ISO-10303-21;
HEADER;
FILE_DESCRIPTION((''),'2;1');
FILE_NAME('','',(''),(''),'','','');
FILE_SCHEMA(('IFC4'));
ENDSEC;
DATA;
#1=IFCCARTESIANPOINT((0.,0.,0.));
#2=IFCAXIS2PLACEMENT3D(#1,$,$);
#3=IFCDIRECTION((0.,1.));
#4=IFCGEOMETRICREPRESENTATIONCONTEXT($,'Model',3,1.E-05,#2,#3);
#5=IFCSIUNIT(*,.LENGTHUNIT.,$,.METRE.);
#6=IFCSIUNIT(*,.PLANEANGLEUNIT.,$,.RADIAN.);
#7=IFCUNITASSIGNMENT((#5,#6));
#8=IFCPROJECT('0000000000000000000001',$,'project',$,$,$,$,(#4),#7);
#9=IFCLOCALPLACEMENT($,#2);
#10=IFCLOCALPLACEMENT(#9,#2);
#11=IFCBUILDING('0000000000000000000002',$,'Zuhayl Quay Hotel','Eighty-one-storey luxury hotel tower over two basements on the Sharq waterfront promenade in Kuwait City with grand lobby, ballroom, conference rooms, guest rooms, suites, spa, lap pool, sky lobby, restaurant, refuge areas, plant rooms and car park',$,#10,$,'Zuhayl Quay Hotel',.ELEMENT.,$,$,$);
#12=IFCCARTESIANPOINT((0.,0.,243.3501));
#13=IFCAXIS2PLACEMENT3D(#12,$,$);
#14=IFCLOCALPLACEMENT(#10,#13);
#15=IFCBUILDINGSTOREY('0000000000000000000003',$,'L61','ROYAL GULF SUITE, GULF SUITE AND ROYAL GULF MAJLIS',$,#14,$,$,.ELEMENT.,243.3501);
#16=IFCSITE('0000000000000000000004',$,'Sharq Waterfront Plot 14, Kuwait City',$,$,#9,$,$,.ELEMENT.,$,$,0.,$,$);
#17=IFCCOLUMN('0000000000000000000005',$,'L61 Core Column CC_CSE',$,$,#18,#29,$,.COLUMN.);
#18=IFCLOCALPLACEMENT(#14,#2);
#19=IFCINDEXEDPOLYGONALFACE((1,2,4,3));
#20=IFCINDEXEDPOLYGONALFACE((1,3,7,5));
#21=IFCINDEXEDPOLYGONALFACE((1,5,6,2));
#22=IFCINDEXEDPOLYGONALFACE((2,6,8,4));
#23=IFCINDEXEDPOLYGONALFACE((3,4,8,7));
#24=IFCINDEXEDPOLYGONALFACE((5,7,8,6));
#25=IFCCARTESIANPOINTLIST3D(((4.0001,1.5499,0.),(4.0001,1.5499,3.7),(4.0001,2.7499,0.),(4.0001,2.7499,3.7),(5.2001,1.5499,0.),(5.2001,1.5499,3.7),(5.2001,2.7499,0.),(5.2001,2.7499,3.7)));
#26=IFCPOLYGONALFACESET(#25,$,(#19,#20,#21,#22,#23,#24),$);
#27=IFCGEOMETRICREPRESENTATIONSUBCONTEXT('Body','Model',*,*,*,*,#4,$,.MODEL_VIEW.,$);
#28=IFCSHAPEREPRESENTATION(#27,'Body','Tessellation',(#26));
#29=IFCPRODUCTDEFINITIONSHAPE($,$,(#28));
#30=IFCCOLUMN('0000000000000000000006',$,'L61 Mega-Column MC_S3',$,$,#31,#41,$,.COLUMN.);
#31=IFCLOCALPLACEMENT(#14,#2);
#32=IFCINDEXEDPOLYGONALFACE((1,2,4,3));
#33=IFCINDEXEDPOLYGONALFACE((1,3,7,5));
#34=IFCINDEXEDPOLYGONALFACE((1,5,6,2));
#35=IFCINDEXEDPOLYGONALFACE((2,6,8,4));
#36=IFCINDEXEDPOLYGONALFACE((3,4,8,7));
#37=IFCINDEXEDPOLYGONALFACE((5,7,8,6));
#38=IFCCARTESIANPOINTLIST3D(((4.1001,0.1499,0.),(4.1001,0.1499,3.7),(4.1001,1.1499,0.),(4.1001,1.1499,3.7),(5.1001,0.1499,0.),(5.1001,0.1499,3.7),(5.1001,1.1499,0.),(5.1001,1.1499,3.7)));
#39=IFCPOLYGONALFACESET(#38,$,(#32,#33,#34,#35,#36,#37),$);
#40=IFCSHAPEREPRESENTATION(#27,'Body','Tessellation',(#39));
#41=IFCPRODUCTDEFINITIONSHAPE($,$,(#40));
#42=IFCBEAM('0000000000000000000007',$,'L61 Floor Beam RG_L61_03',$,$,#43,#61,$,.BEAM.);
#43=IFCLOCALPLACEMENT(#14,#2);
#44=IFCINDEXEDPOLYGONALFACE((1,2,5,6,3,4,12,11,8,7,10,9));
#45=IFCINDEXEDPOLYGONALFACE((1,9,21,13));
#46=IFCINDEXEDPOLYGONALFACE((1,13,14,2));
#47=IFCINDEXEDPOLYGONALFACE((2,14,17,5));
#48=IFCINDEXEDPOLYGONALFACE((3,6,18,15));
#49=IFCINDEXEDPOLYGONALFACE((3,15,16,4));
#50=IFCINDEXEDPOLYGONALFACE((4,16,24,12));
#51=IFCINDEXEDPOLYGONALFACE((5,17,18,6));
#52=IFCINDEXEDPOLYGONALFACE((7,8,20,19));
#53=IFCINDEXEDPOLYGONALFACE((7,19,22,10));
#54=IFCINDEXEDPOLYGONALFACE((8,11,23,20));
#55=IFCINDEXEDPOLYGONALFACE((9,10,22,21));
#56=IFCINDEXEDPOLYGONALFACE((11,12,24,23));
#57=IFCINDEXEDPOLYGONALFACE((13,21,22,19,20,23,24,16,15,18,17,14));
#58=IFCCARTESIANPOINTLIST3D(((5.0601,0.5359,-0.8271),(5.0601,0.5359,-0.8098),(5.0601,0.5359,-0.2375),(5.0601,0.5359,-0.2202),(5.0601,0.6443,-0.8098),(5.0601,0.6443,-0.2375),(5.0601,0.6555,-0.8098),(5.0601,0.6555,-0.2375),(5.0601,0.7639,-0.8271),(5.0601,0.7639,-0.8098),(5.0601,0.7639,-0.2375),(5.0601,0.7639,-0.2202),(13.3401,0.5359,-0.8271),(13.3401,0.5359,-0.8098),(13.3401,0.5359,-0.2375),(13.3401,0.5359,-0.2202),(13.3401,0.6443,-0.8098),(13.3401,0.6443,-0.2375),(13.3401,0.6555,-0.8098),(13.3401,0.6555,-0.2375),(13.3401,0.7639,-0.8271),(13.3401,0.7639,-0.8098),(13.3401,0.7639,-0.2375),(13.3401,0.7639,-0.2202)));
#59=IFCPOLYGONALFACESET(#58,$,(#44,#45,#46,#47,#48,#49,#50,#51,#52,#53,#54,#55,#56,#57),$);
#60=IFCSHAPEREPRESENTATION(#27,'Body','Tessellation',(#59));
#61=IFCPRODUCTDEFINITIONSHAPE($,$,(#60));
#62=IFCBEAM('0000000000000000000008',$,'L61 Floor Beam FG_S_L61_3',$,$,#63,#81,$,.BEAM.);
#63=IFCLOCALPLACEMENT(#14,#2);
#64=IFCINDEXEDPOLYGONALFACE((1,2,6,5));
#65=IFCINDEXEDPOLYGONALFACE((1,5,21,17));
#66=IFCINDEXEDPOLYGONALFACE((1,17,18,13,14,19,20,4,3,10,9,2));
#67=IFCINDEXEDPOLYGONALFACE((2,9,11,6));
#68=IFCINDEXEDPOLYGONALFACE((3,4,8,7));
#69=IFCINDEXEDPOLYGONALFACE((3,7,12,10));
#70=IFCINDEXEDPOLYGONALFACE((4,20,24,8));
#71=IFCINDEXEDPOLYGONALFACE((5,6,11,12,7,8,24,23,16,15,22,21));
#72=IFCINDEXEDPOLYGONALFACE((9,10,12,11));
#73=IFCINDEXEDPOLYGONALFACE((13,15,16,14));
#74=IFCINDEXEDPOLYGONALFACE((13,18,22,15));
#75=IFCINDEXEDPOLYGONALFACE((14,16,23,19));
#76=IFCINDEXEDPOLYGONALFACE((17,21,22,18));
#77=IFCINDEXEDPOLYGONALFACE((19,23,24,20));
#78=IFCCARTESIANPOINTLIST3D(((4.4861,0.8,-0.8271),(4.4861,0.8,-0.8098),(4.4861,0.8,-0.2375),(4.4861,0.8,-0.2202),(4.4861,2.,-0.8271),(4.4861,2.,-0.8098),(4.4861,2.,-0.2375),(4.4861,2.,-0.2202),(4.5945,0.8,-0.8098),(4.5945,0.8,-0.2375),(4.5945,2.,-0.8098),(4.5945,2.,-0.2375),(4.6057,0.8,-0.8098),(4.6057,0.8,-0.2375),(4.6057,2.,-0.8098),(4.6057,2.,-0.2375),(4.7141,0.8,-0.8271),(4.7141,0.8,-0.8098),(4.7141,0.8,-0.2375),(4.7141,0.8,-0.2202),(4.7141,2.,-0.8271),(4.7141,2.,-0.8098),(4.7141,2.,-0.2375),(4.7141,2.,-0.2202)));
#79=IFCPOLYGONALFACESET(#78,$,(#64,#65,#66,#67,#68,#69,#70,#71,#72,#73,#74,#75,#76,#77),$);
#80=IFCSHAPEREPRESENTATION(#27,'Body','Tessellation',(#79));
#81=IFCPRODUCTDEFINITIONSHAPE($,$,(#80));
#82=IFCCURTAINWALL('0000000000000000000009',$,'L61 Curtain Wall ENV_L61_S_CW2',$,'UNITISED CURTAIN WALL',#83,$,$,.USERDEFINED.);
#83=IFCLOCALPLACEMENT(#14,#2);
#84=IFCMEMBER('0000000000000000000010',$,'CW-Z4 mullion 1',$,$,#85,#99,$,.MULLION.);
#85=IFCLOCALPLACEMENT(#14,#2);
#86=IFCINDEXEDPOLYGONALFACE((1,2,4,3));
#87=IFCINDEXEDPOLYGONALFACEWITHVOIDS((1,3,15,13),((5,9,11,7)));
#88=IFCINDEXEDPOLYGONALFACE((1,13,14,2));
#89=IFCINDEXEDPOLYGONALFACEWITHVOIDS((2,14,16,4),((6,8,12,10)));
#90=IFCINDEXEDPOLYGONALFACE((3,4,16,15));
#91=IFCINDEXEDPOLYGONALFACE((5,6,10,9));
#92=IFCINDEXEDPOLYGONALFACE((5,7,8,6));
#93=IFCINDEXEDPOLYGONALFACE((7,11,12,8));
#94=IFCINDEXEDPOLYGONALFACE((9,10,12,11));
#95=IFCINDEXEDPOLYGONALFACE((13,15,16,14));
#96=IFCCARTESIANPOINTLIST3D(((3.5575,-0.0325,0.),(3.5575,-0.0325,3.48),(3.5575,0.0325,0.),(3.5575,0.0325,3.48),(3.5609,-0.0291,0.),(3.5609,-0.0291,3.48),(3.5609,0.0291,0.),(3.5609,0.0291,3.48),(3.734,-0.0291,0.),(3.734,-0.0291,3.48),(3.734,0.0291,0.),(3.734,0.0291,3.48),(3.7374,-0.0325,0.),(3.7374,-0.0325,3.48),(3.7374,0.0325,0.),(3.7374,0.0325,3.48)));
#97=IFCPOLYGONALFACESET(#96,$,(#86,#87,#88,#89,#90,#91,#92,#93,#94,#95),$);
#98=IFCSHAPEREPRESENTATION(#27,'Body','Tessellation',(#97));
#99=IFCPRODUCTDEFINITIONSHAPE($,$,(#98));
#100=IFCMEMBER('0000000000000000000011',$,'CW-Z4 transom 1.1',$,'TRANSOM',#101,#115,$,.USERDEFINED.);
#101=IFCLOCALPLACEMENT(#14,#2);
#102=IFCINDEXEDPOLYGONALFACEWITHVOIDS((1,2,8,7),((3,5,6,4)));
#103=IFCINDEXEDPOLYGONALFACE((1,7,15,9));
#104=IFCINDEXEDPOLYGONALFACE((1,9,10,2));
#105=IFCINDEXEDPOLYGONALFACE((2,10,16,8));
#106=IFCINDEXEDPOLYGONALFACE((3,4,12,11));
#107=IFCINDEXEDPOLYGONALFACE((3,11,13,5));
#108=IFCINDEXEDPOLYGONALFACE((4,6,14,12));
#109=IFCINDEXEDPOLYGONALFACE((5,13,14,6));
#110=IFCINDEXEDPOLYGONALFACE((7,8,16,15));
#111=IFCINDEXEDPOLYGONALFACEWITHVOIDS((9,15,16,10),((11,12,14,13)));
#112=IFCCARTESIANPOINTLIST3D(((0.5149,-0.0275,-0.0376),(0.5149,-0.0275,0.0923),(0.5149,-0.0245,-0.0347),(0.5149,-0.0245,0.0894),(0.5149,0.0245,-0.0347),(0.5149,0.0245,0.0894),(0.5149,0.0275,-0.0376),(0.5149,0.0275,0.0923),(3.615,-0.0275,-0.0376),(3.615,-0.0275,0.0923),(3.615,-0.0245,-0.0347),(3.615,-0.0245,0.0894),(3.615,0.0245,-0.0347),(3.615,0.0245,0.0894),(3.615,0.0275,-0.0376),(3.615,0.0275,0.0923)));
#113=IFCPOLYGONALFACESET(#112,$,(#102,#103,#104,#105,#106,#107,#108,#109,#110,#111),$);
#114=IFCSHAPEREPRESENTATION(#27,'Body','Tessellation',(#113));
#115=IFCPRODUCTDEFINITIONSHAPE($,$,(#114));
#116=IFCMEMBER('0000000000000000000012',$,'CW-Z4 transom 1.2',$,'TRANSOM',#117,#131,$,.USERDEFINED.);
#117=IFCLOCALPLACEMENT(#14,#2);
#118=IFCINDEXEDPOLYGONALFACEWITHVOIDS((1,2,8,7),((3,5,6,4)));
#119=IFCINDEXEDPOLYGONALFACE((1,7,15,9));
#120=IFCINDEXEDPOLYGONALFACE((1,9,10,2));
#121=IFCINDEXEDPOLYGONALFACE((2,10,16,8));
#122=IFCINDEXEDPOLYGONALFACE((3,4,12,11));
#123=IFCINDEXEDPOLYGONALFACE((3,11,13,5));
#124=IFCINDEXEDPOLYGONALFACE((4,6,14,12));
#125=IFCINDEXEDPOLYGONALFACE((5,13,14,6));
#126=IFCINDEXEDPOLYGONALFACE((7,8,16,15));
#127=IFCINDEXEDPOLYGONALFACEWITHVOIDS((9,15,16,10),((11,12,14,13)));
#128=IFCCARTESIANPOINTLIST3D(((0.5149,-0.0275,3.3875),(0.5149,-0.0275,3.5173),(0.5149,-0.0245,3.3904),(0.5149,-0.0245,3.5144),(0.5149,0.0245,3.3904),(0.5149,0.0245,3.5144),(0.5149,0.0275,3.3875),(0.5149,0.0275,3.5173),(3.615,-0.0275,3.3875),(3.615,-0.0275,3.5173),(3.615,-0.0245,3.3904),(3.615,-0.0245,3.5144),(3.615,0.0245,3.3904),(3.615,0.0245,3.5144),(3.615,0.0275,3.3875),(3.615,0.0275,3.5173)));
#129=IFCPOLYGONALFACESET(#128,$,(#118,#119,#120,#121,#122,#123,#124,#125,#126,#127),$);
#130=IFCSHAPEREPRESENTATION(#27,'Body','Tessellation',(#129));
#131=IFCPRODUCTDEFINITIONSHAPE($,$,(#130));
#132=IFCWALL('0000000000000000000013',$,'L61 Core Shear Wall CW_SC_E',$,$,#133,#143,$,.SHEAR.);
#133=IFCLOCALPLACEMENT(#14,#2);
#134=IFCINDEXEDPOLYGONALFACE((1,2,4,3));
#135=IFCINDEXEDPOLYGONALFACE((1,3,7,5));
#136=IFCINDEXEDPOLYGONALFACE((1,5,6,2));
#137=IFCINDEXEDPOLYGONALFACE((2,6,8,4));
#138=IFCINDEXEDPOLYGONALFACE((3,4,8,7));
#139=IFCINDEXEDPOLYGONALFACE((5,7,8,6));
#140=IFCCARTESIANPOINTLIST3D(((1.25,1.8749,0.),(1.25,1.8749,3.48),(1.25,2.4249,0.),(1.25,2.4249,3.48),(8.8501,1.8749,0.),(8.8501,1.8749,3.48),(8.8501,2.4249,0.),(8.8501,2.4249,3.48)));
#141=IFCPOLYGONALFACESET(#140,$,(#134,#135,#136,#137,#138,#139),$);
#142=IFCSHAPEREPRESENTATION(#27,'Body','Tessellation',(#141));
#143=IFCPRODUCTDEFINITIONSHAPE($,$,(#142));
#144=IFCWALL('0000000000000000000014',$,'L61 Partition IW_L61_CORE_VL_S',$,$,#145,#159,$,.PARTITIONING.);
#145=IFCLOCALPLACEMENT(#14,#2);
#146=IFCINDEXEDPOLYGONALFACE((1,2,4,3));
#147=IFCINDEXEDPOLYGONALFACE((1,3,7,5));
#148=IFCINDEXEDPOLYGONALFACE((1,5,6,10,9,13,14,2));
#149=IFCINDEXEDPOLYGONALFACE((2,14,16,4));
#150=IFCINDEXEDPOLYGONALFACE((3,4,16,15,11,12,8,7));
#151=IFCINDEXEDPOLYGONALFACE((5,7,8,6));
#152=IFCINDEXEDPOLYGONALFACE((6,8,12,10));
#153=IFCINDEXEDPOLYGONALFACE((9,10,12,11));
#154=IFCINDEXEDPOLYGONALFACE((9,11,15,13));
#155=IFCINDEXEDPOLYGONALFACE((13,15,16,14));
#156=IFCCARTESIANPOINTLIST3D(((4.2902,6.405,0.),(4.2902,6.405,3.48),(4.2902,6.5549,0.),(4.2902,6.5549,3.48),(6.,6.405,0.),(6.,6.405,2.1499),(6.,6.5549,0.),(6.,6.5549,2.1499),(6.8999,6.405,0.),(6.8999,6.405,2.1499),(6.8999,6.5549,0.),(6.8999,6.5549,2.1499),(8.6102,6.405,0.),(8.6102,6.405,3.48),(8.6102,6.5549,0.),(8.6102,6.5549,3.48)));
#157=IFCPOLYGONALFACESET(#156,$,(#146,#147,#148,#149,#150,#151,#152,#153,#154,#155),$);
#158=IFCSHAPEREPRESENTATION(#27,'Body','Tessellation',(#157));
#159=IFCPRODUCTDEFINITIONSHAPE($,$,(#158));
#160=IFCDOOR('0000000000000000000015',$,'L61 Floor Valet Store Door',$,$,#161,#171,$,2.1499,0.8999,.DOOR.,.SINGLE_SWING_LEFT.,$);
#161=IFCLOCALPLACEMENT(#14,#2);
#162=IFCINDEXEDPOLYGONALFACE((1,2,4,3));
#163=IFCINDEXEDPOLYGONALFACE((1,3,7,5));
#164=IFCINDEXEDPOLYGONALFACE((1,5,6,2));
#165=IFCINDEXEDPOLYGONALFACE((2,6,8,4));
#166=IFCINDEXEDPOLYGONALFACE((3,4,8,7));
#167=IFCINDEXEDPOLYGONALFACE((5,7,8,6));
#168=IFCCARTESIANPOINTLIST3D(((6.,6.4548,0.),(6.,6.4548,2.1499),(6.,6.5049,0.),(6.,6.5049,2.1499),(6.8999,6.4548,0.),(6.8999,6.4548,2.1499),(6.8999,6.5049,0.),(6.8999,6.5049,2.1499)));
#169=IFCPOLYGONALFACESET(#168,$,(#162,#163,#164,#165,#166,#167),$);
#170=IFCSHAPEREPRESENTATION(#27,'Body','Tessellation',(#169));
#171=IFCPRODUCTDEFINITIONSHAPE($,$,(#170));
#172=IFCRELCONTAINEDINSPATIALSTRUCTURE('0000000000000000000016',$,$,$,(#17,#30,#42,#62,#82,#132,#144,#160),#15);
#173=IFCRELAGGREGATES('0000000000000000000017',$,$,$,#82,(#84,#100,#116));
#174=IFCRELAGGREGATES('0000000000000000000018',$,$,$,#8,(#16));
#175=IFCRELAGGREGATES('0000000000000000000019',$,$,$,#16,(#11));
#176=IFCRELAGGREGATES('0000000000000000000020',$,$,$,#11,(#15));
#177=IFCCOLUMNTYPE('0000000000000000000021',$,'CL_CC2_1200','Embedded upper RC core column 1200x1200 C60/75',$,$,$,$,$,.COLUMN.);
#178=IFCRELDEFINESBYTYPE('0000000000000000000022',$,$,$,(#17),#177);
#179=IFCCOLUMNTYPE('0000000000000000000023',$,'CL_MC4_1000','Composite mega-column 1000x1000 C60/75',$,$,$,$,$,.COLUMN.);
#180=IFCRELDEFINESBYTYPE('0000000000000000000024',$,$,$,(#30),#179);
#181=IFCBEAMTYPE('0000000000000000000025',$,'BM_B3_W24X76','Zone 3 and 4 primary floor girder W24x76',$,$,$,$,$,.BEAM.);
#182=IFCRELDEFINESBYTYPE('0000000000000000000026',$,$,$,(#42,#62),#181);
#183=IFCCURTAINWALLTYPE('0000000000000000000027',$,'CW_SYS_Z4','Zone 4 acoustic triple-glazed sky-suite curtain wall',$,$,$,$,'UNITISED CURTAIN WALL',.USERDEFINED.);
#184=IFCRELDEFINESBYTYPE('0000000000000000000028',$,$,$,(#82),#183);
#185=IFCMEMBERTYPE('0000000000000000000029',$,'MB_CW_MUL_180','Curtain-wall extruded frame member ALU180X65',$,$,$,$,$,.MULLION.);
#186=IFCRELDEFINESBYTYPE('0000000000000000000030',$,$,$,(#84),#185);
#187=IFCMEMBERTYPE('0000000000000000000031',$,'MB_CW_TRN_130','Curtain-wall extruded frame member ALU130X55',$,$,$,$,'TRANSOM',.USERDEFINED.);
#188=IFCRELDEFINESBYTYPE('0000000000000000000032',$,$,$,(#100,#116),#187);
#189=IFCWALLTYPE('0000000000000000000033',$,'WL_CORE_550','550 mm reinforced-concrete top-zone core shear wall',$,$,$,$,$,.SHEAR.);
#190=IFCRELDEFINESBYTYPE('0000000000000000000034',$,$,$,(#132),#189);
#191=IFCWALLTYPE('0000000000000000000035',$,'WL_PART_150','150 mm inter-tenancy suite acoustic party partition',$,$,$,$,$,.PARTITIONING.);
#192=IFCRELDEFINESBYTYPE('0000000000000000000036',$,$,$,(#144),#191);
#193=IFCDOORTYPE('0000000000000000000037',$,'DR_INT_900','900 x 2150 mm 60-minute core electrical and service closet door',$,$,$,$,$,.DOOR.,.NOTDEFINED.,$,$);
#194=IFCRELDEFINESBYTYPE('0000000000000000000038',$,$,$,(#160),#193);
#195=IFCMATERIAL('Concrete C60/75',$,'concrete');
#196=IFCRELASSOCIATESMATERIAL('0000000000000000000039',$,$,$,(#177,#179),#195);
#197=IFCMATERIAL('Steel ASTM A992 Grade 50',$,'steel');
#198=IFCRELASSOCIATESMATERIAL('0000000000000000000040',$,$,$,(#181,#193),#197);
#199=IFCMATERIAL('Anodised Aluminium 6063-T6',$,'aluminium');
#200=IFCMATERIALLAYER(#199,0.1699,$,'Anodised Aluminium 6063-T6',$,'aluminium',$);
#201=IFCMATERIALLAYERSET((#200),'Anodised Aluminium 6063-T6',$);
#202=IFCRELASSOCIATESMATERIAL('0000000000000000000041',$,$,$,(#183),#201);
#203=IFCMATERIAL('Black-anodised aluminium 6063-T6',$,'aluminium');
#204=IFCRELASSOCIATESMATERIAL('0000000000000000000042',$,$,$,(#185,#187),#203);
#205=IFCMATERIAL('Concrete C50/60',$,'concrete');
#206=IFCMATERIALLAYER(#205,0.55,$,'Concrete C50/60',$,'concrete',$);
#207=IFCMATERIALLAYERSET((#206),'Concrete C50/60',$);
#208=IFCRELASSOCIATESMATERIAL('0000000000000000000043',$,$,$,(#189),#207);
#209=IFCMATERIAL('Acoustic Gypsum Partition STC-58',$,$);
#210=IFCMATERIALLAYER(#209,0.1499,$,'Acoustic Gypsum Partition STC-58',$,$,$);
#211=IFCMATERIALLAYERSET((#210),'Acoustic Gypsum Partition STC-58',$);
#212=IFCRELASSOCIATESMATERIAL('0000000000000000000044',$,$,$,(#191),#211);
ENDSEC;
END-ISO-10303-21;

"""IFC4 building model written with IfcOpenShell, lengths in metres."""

from ifc_helpers import new_model, si_unit, direction, frame, frame_2d, origin, origin_2d, place, context, subcontext, project, spatial, rectangle, hollow_rectangle, i_section, extrude, material, layer, layer_set, material_profile, profile_set, type_object, element, fill, aggregate, save


model = new_model("IFC4")

# Units and contexts
model_context = context("Model", 3, precision=1e-05, world=origin(), true_north=direction((0.0, 1.0)))
body_context = subcontext(model_context, "Body", "Model", "MODEL_VIEW")
ifc_project = project(units=[si_unit("LENGTHUNIT", "METRE"), si_unit("PLANEANGLEUNIT", "RADIAN")], contexts=[model_context])

# Site, building, storey
site_placement = place(None, origin())
site = spatial("IfcSite", under=ifc_project, at=site_placement, Name="Sharq Waterfront Plot 14, Kuwait City", CompositionType="ELEMENT", RefElevation=0.0)
building_placement = place(site_placement, origin())
building = spatial("IfcBuilding", under=site, at=building_placement, Name="Zuhayl Quay Hotel", Description="Eighty-one-storey luxury hotel tower over two basements on the Sharq waterfront promenade in Kuwait City with grand lobby, ballroom, conference rooms, guest rooms, suites, spa, lap pool, sky lobby, restaurant, refuge areas, plant rooms and car park", LongName="Zuhayl Quay Hotel", CompositionType="ELEMENT")
storey_placement = place(building_placement, frame((0.0, 0.0, 243.3501)))
storey = spatial("IfcBuildingStorey", under=building, at=storey_placement, Name="L61", Description="ROYAL GULF SUITE, GULF SUITE AND ROYAL GULF MAJLIS", CompositionType="ELEMENT", Elevation=243.3501)

# Columns
ifc_material_1 = material(Name="Concrete C60/75", Category="concrete")
ifc_material_profile_1 = material_profile(ifc_material_1, rectangle(XDim=1.2, YDim=1.2, at=origin_2d()), Name="RC1200X1200")
ifc_profile_set_1 = profile_set([ifc_material_profile_1], Name="Concrete C60/75")
column_type_1 = type_object("IfcColumnType", Name="CL_CC2_1200", Description="Embedded upper RC core column 1200x1200 C60/75", PredefinedType="COLUMN", material=ifc_profile_set_1)
column_1_placement = place(storey_placement, frame((4.6001, 2.1499, 0.0), z_axis=(0.0, 0.0, 1.0), x_axis=(1.0, 0.0, 0.0)))
element("IfcColumn", 1, at=column_1_placement, inside=storey, type_object=column_type_1, Name="L61 Core Column CC_CSE", PredefinedType="COLUMN", context=body_context, shape_type="SweptSolid", body=[
    extrude(rectangle(XDim=1.2, YDim=1.2, at=origin_2d()), origin(), (0.0, 0.0, 1.0), 3.7),
])
ifc_material_profile_2 = material_profile(ifc_material_1, rectangle(XDim=1.0, YDim=1.0, at=origin_2d()), Name="RC1000X1000")
ifc_profile_set_2 = profile_set([ifc_material_profile_2], Name="Concrete C60/75")
column_type_2 = type_object("IfcColumnType", Name="CL_MC4_1000", Description="Composite mega-column 1000x1000 C60/75", PredefinedType="COLUMN", material=ifc_profile_set_2)
column_2_placement = place(storey_placement, frame((4.6001, 0.6499, 0.0), z_axis=(0.0, 0.0, 1.0), x_axis=(1.0, 0.0, 0.0)))
element("IfcColumn", 2, at=column_2_placement, inside=storey, type_object=column_type_2, Name="L61 Mega-Column MC_S3", PredefinedType="COLUMN", context=body_context, shape_type="SweptSolid", body=[
    extrude(rectangle(XDim=1.0, YDim=1.0, at=origin_2d()), origin(), (0.0, 0.0, 1.0), 3.7),
])

# Beams
ifc_material_2 = material(Name="Steel ASTM A992 Grade 50", Category="steel")
ifc_material_profile_3 = material_profile(ifc_material_2, i_section(OverallWidth=0.228, OverallDepth=0.6069, WebThickness=0.0112, FlangeThickness=0.0173, at=origin_2d()), Name="W24X76")
ifc_profile_set_3 = profile_set([ifc_material_profile_3], Name="Steel ASTM A992 Grade 50")
beam_type = type_object("IfcBeamType", Name="BM_B3_W24X76", Description="Zone 3 and 4 primary floor girder W24x76", PredefinedType="BEAM", material=ifc_profile_set_3)
beam_1_placement = place(storey_placement, frame((5.0601, 0.6499, -0.5237), z_axis=(1.0, 0.0, 0.0), x_axis=(0.0, 1.0, 0.0)))
element("IfcBeam", 3, at=beam_1_placement, inside=storey, type_object=beam_type, Name="L61 Floor Beam RG_L61_03", PredefinedType="BEAM", context=body_context, shape_type="SweptSolid", body=[
    extrude(i_section(OverallWidth=0.228, OverallDepth=0.6069, WebThickness=0.0112, FlangeThickness=0.0173, at=origin_2d()), origin(), (0.0, 0.0, 1.0), 8.28),
])
beam_2_placement = place(storey_placement, frame((4.6001, 0.8, -0.5237), z_axis=(0.0, 1.0, 0.0), x_axis=(-1.0, 0.0, 0.0)))
element("IfcBeam", 4, at=beam_2_placement, inside=storey, type_object=beam_type, Name="L61 Floor Beam FG_S_L61_3", PredefinedType="BEAM", context=body_context, shape_type="SweptSolid", body=[
    extrude(i_section(OverallWidth=0.228, OverallDepth=0.6069, WebThickness=0.0112, FlangeThickness=0.0173, at=origin_2d()), origin(), (0.0, 0.0, 1.0), 1.2),
])

# Curtain wall, members
ifc_material_3 = material(Name="Anodised Aluminium 6063-T6", Category="aluminium")
ifc_layer_1 = layer(ifc_material_3, 0.1699, Name="Anodised Aluminium 6063-T6", Category="aluminium")
ifc_layer_set_1 = layer_set([ifc_layer_1], Name="Anodised Aluminium 6063-T6")
curtain_wall_type = type_object("IfcCurtainWallType", Name="CW_SYS_Z4", Description="Zone 4 acoustic triple-glazed sky-suite curtain wall", ElementType="UNITISED CURTAIN WALL", PredefinedType="USERDEFINED", material=ifc_layer_set_1)
curtain_wall_placement = place(storey_placement, origin())
curtain_wall = element("IfcCurtainWall", 5, at=curtain_wall_placement, inside=storey, type_object=curtain_wall_type, Name="L61 Curtain Wall ENV_L61_S_CW2", ObjectType="UNITISED CURTAIN WALL", PredefinedType="USERDEFINED")
ifc_material_4 = material(Name="Black-anodised aluminium 6063-T6", Category="aluminium")
ifc_material_profile_4 = material_profile(ifc_material_4, hollow_rectangle(XDim=0.0649, YDim=0.1799, WallThickness=0.0034, at=origin_2d()), Name="ALU180X65")
ifc_profile_set_4 = profile_set([ifc_material_profile_4], Name="Black-anodised aluminium 6063-T6")
member_type_1 = type_object("IfcMemberType", Name="MB_CW_MUL_180", Description="Curtain-wall extruded frame member ALU180X65", PredefinedType="MULLION", material=ifc_profile_set_4)
member_1_placement = place(storey_placement, frame((3.6475, 0.0, 0.0), z_axis=(0.0, 0.0, 1.0), x_axis=(0.0, -1.0, 0.0)))
member_1 = element("IfcMember", 6, at=member_1_placement, type_object=member_type_1, Name="CW-Z4 mullion 1", PredefinedType="MULLION", context=body_context, shape_type="SweptSolid", body=[
    extrude(hollow_rectangle(XDim=0.0649, YDim=0.1799, WallThickness=0.0034, at=origin_2d()), origin(), (0.0, 0.0, 1.0), 3.48),
])
ifc_material_profile_5 = material_profile(ifc_material_4, hollow_rectangle(XDim=0.0549, YDim=0.1299, WallThickness=0.0029, at=origin_2d()), Name="ALU130X55")
ifc_profile_set_5 = profile_set([ifc_material_profile_5], Name="Black-anodised aluminium 6063-T6")
member_type_2 = type_object("IfcMemberType", Name="MB_CW_TRN_130", Description="Curtain-wall extruded frame member ALU130X55", ElementType="TRANSOM", PredefinedType="USERDEFINED", material=ifc_profile_set_5)
member_2_placement = place(storey_placement, frame((3.615, 0.0, 0.0273), z_axis=(-1.0, 0.0, 0.0), x_axis=(0.0, -1.0, 0.0)))
member_2 = element("IfcMember", 7, at=member_2_placement, type_object=member_type_2, Name="CW-Z4 transom 1.1", ObjectType="TRANSOM", PredefinedType="USERDEFINED", context=body_context, shape_type="SweptSolid", body=[
    extrude(hollow_rectangle(XDim=0.0549, YDim=0.1299, WallThickness=0.0029, at=origin_2d()), origin(), (0.0, 0.0, 1.0), 3.1001),
])
member_3_placement = place(storey_placement, frame((3.615, 0.0, 3.4524), z_axis=(-1.0, 0.0, 0.0), x_axis=(0.0, -1.0, 0.0)))
member_3 = element("IfcMember", 8, at=member_3_placement, type_object=member_type_2, Name="CW-Z4 transom 1.2", ObjectType="TRANSOM", PredefinedType="USERDEFINED", context=body_context, shape_type="SweptSolid", body=[
    extrude(hollow_rectangle(XDim=0.0549, YDim=0.1299, WallThickness=0.0029, at=origin_2d()), origin(), (0.0, 0.0, 1.0), 3.1001),
])
aggregate(curtain_wall, [member_1, member_2, member_3])

# Wall
ifc_material_5 = material(Name="Concrete C50/60", Category="concrete")
ifc_layer_2 = layer(ifc_material_5, 0.55, Name="Concrete C50/60", Category="concrete")
ifc_layer_set_2 = layer_set([ifc_layer_2], Name="Concrete C50/60")
wall_type_1 = type_object("IfcWallType", Name="WL_CORE_550", Description="550 mm reinforced-concrete top-zone core shear wall", PredefinedType="SHEAR", material=ifc_layer_set_2)
wall_1_placement = place(storey_placement, frame((1.25, 2.1499, 0.0), z_axis=(0.0, 0.0, 1.0), x_axis=(1.0, 0.0, 0.0)))
element("IfcWall", 9, at=wall_1_placement, inside=storey, type_object=wall_type_1, Name="L61 Core Shear Wall CW_SC_E", PredefinedType="SHEAR", context=body_context, shape_type="SweptSolid", body=[
    extrude(rectangle(XDim=7.6001, YDim=0.55, at=frame_2d((3.8, 0.0))), origin(), (0.0, 0.0, 1.0), 3.48),
])

# Wall, opening, door
ifc_material_6 = material(Name="Acoustic Gypsum Partition STC-58")
ifc_layer_3 = layer(ifc_material_6, 0.1499, Name="Acoustic Gypsum Partition STC-58")
ifc_layer_set_3 = layer_set([ifc_layer_3], Name="Acoustic Gypsum Partition STC-58")
wall_type_2 = type_object("IfcWallType", Name="WL_PART_150", Description="150 mm inter-tenancy suite acoustic party partition", PredefinedType="PARTITIONING", material=ifc_layer_set_3)
wall_2_placement = place(storey_placement, frame((4.29, 6.48, 0.0), z_axis=(0.0, 0.0, 1.0), x_axis=(1.0, 0.0, 0.0)))
wall_2 = element("IfcWall", 10, at=wall_2_placement, inside=storey, type_object=wall_type_2, Name="L61 Partition IW_L61_CORE_VL_S", PredefinedType="PARTITIONING", context=body_context, shape_type="SweptSolid", body=[
    extrude(rectangle(XDim=4.3201, YDim=0.1499, at=frame_2d((2.1602, 0.0))), origin(), (0.0, 0.0, 1.0), 3.48),
])
opening_1_placement = place(wall_2_placement, frame((1.71, 0.0, 0.0)))
opening_1 = element("IfcOpeningElement", 11, at=opening_1_placement, cuts=wall_2, PredefinedType="OPENING", context=body_context, shape_type="SweptSolid", body=[
    extrude(rectangle(XDim=0.8999, YDim=2.1499, at=frame_2d((0.45, 1.075))), frame((0.0, 0.085, 0.0), z_axis=(0.0, -1.0, 0.0), x_axis=(1.0, 0.0, 0.0)), (0.0, 0.0, 1.0), 0.1699),
])
door_type_1 = type_object("IfcDoorType", Name="DR_INT_900", Description="900 x 2150 mm 60-minute core electrical and service closet door", OperationType="NOTDEFINED", PredefinedType="DOOR", material=ifc_material_2)
door_1_placement = place(opening_1_placement, origin())
door_1 = element("IfcDoor", 12, at=door_1_placement, inside=storey, type_object=door_type_1, Name="L61 Floor Valet Store Door", OperationType="SINGLE_SWING_LEFT", OverallHeight=2.1499, OverallWidth=0.8999, PredefinedType="DOOR", context=body_context, shape_type="SweptSolid", body=[
    extrude(rectangle(XDim=0.8999, YDim=2.1499, at=frame_2d((0.45, 1.075))), frame((0.0, 0.0249, 0.0), z_axis=(0.0, -1.0, 0.0), x_axis=(1.0, 0.0, 0.0)), (0.0, 0.0, 1.0), 0.05),
])
fill(opening_1, door_1)

save(model, "model.ifc")
